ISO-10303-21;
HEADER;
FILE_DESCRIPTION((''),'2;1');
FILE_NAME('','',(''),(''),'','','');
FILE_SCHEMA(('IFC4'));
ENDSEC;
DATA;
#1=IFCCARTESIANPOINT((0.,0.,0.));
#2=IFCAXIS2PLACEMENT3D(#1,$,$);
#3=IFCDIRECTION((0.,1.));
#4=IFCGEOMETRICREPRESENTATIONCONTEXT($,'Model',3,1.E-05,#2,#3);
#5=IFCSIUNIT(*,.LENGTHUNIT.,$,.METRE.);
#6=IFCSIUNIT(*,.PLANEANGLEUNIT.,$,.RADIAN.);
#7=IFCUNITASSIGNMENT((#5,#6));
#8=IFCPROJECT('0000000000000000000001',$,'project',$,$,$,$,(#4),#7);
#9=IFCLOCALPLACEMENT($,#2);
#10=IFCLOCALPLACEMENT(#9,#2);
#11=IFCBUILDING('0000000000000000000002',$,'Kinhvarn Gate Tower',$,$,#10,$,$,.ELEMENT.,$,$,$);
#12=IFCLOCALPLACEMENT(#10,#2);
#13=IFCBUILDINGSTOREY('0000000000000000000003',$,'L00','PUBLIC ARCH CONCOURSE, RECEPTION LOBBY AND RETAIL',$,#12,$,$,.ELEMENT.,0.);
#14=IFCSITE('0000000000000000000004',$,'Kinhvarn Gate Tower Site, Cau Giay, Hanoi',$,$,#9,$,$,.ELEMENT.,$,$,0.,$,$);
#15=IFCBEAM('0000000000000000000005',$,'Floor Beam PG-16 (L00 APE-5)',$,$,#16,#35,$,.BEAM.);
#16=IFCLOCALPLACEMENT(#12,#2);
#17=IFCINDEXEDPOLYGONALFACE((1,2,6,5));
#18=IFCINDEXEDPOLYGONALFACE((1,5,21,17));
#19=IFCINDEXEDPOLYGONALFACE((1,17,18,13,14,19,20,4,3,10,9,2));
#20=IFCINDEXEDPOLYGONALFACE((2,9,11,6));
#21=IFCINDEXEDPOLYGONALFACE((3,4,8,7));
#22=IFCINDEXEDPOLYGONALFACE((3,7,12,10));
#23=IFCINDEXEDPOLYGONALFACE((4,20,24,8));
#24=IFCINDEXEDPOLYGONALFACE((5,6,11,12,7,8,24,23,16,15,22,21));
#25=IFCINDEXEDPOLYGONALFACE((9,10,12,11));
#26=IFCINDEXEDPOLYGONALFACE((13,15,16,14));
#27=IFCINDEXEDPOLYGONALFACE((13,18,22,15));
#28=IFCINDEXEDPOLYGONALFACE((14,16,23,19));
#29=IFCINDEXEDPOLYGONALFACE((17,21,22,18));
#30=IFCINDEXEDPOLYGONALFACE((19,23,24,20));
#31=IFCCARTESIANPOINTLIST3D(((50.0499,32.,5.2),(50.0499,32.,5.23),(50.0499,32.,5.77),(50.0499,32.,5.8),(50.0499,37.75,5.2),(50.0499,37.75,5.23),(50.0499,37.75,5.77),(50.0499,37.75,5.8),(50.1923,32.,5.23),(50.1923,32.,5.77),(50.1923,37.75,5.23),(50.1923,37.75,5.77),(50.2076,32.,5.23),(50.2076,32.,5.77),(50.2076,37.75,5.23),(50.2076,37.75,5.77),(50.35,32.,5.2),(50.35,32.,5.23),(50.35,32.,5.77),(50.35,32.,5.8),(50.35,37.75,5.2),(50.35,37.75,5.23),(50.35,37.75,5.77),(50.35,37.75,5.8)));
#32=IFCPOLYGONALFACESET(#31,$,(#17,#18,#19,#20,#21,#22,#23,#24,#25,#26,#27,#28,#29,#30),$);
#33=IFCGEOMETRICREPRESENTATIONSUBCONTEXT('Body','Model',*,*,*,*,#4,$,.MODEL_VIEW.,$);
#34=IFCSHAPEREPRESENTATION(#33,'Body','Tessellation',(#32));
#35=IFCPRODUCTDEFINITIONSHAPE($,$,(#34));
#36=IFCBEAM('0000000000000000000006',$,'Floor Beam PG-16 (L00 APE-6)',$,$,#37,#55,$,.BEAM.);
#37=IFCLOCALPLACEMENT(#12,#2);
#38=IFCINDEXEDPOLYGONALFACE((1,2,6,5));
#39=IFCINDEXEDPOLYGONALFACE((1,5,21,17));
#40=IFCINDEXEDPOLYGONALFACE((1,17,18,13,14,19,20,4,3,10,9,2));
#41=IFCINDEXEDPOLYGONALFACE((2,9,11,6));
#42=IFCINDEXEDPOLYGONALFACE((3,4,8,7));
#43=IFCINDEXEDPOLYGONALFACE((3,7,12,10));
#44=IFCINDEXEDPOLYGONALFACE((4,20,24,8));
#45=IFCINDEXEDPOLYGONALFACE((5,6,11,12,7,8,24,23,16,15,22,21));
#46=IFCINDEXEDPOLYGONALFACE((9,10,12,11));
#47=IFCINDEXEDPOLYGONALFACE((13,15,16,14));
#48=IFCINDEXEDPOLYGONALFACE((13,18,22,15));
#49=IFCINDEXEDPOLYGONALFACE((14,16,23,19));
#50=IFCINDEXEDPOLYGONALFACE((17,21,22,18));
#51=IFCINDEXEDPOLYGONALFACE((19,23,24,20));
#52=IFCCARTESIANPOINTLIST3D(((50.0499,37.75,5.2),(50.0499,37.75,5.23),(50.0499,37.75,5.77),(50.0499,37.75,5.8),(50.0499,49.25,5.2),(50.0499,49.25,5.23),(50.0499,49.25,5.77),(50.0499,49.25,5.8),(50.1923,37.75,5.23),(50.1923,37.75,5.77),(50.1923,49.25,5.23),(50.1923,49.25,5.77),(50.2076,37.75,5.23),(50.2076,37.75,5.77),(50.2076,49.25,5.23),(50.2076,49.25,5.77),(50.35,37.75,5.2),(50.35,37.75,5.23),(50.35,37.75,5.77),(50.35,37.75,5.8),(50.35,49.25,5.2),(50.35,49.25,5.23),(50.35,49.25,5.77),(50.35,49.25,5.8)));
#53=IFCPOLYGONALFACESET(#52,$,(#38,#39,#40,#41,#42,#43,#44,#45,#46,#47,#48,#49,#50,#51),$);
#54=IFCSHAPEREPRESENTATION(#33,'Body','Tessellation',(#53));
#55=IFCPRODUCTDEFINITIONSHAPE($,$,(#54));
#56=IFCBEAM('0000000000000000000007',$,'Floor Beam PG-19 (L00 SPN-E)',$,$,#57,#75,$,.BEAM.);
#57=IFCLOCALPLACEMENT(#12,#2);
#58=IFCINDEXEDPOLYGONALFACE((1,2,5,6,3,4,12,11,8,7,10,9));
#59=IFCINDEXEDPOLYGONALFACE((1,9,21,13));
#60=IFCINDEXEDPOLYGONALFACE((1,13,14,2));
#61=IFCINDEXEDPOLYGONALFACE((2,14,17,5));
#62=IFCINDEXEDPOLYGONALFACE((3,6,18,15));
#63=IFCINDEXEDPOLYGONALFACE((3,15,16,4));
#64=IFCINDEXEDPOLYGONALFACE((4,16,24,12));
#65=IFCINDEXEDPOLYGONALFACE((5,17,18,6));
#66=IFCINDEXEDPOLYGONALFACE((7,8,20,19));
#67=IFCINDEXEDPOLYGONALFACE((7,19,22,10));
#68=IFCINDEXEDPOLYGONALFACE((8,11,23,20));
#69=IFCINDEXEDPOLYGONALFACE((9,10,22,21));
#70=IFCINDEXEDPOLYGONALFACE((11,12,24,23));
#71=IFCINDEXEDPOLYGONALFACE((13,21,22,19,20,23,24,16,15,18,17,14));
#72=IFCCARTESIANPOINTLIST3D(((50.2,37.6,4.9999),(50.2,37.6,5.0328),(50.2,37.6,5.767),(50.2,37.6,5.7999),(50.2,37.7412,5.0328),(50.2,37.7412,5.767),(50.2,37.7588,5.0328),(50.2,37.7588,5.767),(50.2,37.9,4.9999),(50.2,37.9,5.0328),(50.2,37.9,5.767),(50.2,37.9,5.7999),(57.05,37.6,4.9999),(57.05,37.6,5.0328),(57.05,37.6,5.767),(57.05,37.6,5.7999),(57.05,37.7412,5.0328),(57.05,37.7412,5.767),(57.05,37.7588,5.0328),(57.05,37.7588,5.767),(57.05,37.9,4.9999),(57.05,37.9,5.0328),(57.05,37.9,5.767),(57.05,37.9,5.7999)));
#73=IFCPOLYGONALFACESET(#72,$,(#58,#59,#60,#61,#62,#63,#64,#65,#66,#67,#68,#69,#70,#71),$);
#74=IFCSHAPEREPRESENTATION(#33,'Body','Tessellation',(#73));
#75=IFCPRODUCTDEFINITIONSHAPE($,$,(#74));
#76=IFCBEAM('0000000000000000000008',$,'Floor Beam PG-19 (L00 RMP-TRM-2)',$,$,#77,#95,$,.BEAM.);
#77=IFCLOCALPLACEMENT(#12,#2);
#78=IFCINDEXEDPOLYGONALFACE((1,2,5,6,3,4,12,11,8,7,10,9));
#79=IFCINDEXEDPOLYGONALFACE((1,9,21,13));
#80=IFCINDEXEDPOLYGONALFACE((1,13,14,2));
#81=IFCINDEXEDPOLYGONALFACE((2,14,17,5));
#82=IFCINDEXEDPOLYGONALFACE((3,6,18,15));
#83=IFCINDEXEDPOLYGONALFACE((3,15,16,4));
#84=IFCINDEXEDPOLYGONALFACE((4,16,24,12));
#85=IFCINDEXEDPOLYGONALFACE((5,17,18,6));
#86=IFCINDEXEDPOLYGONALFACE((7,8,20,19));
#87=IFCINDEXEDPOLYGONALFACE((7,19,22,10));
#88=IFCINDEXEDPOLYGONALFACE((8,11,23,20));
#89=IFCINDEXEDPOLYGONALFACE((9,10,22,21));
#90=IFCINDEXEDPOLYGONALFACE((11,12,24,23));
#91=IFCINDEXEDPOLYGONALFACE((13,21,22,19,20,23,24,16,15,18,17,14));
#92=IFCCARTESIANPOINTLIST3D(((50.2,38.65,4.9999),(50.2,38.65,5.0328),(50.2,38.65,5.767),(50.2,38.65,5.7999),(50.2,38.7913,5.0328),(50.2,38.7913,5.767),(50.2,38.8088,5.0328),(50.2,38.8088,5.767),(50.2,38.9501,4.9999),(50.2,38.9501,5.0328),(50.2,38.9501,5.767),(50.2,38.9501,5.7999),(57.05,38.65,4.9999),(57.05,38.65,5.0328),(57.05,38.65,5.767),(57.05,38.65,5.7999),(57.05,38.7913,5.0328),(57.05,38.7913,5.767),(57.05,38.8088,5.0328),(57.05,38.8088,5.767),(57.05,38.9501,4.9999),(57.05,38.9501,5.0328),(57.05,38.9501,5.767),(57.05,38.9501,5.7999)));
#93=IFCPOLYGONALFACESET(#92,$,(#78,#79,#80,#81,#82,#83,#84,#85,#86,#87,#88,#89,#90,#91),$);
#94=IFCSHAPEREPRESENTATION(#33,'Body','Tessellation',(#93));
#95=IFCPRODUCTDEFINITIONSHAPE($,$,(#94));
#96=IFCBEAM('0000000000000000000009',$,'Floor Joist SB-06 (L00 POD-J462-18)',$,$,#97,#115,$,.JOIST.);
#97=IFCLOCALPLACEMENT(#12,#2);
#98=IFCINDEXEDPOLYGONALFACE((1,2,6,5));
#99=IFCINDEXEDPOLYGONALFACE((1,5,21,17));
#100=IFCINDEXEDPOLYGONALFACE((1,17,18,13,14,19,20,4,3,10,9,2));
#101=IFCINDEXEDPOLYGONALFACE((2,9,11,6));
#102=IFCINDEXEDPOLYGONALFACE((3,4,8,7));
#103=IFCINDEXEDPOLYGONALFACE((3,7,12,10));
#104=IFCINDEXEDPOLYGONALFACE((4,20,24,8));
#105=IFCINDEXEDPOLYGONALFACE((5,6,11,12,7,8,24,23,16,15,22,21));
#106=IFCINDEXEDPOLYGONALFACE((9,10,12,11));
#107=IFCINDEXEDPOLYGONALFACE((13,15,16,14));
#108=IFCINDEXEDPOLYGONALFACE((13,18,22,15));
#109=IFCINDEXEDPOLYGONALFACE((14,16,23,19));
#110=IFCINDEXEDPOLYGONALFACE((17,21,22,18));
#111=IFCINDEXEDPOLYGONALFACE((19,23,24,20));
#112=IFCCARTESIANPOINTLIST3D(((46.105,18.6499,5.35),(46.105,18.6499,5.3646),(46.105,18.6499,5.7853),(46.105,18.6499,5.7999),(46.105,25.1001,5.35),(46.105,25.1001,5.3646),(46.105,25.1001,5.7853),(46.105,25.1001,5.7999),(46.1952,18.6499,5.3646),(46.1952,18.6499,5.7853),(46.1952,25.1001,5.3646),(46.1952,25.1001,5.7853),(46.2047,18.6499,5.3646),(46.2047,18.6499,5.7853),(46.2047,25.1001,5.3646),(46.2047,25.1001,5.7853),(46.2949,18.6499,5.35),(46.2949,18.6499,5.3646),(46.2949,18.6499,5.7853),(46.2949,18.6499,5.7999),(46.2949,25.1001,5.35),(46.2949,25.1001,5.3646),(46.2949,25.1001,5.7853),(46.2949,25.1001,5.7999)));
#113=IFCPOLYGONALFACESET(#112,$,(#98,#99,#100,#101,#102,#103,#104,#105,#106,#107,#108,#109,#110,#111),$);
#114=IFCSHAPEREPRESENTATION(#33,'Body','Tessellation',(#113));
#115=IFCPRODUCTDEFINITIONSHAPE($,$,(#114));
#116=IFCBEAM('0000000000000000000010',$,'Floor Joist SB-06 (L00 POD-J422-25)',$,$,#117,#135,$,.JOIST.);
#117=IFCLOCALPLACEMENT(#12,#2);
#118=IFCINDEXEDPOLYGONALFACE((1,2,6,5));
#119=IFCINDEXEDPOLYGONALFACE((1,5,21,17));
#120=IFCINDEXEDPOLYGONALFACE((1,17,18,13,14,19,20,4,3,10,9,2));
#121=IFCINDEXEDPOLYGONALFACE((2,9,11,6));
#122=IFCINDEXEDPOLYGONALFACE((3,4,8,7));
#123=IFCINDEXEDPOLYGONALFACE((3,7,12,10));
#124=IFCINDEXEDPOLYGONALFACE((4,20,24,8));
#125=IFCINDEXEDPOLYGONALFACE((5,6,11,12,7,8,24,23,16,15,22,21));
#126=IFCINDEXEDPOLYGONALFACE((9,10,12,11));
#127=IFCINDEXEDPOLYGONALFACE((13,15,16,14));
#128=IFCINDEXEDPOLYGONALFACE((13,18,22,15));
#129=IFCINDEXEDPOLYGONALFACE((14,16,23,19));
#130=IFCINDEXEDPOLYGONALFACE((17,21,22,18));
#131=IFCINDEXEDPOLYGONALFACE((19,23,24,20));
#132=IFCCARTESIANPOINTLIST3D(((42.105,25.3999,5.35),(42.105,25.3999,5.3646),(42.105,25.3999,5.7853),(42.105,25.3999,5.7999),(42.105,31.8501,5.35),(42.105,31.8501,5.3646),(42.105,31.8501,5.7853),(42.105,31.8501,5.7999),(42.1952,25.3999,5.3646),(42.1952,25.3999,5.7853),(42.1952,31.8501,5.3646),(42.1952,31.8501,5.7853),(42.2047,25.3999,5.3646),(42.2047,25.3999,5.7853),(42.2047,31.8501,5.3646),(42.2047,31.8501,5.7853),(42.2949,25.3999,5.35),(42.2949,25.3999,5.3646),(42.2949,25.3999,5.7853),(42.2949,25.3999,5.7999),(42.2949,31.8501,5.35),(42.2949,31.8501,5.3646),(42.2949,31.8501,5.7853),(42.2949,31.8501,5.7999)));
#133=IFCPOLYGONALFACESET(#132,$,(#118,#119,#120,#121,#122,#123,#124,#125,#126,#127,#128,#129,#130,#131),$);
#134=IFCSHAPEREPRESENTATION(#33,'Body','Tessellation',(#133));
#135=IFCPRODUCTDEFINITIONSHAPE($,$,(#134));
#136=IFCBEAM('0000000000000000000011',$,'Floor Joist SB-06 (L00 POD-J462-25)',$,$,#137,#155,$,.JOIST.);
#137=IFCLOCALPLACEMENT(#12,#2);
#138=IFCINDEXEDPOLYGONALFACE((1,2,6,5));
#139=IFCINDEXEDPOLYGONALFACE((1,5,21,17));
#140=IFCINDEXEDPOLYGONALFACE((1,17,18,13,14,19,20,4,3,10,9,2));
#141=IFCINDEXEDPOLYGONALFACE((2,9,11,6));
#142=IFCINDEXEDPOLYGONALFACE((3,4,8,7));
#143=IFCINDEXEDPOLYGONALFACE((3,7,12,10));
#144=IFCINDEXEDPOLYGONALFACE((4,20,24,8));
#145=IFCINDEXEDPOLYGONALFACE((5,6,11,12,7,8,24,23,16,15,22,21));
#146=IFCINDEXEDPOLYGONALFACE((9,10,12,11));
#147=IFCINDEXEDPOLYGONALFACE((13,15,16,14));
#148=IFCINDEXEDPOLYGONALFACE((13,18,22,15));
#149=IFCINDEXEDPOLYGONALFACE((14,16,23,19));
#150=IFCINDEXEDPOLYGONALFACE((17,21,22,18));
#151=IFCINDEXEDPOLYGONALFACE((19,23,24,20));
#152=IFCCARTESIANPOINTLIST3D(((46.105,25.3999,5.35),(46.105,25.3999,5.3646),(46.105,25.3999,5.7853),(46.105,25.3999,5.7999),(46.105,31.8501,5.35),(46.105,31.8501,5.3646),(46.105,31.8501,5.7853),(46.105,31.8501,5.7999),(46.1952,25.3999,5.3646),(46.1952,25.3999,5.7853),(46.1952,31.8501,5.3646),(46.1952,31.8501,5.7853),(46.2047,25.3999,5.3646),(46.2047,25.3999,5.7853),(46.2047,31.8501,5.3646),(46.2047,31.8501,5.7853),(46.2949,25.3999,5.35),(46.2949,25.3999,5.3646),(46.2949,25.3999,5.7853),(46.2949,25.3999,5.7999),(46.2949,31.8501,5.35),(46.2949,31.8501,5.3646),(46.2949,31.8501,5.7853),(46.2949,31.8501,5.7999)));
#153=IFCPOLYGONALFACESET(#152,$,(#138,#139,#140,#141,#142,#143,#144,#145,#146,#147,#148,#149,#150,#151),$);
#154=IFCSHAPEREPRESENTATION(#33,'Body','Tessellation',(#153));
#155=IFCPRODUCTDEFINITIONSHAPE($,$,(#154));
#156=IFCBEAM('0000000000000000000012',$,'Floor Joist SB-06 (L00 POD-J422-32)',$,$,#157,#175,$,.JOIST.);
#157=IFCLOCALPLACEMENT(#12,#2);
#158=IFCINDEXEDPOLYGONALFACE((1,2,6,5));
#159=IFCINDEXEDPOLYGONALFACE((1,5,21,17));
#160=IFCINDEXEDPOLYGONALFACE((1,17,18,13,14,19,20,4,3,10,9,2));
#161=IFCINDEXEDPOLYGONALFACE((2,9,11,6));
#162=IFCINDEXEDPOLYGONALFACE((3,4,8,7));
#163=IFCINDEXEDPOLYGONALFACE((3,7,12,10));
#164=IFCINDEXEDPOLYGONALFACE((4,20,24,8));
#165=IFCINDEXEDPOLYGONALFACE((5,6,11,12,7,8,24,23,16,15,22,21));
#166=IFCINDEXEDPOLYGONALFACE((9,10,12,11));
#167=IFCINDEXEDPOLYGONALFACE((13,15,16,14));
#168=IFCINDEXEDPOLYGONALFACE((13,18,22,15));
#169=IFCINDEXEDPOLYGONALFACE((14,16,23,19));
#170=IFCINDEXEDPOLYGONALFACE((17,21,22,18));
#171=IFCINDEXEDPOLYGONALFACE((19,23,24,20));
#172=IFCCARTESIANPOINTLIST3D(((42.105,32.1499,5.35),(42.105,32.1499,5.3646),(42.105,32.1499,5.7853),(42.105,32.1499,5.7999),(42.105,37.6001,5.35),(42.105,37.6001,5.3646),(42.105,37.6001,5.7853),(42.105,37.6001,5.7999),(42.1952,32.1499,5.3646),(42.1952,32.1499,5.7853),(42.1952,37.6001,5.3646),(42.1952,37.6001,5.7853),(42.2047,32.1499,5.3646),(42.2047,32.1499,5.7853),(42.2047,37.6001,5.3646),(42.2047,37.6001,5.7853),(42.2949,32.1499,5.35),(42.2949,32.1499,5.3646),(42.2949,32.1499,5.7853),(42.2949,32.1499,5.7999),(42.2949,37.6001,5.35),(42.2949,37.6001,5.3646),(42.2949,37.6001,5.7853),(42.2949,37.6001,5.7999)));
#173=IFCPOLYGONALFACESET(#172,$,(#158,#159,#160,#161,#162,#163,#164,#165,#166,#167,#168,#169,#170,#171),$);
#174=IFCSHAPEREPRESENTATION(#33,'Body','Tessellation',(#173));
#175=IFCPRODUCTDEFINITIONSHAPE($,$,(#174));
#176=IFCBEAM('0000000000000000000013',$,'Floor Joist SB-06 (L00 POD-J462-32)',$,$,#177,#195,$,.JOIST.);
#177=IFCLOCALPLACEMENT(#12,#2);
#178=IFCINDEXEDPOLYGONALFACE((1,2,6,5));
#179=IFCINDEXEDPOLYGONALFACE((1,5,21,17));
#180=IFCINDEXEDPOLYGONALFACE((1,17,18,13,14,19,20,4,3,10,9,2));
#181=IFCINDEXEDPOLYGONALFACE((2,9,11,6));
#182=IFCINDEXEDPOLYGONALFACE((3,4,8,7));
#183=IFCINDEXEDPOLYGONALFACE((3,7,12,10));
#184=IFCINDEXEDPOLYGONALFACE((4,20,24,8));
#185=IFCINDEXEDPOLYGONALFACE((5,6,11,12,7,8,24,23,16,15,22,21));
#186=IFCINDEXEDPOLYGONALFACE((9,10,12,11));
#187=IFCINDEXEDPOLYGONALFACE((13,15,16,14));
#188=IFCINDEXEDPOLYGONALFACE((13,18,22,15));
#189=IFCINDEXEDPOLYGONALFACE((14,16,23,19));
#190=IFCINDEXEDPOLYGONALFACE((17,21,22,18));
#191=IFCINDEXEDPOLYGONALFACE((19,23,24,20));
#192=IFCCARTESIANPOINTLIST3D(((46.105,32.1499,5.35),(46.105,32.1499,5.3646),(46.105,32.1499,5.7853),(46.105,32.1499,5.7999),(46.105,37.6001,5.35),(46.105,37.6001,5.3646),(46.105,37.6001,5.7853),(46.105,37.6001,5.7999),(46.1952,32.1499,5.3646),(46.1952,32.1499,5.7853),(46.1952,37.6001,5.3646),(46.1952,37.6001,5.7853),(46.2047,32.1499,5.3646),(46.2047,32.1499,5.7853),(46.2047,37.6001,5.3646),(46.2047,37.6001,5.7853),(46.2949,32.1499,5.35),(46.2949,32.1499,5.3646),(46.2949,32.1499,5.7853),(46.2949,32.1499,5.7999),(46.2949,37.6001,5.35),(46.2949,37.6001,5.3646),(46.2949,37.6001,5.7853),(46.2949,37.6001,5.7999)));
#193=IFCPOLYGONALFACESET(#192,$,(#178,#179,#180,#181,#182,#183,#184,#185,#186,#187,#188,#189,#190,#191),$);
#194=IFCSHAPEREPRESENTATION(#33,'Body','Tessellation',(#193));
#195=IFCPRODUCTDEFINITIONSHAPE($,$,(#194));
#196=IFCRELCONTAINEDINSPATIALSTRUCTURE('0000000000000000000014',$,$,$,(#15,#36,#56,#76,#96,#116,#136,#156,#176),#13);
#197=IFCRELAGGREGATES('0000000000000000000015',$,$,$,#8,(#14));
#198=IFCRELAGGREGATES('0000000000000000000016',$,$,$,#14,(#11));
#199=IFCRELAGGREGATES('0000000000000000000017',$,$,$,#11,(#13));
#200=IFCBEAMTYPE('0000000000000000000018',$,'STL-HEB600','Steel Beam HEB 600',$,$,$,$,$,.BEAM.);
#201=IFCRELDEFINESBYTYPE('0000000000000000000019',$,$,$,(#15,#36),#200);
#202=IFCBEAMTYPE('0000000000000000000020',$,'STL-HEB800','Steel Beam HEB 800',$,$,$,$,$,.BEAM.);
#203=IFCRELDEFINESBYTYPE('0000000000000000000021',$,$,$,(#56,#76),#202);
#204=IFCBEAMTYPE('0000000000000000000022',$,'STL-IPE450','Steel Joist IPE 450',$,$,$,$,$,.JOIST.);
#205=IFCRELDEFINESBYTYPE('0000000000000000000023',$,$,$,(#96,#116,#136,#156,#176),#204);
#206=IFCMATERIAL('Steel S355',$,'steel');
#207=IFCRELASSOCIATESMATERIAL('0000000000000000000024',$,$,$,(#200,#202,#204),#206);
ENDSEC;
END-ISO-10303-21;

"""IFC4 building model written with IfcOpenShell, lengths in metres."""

from ifc_helpers import new_model, si_unit, direction, frame, origin, origin_2d, place, context, subcontext, project, spatial, i_section, extrude, material, material_profile, profile_set, type_object, element, save


model = new_model("IFC4")

# Units and contexts
model_context = context("Model", 3, precision=1e-05, world=origin(), true_north=direction((0.0, 1.0)))
body_context = subcontext(model_context, "Body", "Model", "MODEL_VIEW")
ifc_project = project(units=[si_unit("LENGTHUNIT", "METRE"), si_unit("PLANEANGLEUNIT", "RADIAN")], contexts=[model_context])

# Site, building, storey
site_placement = place(None, origin())
site = spatial("IfcSite", under=ifc_project, at=site_placement, Name="Kinhvarn Gate Tower Site, Cau Giay, Hanoi", CompositionType="ELEMENT", RefElevation=0.0)
building_placement = place(site_placement, origin())
building = spatial("IfcBuilding", under=site, at=building_placement, Name="Kinhvarn Gate Tower", CompositionType="ELEMENT")
storey_placement = place(building_placement, origin())
storey = spatial("IfcBuildingStorey", under=building, at=storey_placement, Name="L00", Description="PUBLIC ARCH CONCOURSE, RECEPTION LOBBY AND RETAIL", CompositionType="ELEMENT", Elevation=0.0)

# Beams
ifc_material_1 = material(Name="Steel S355", Category="steel")
ifc_material_profile_1 = material_profile(ifc_material_1, i_section(OverallWidth=0.3, OverallDepth=0.6001, WebThickness=0.0154, FlangeThickness=0.03, at=origin_2d()), Name="HEB 600")
ifc_profile_set_1 = profile_set([ifc_material_profile_1], Name="Steel S355")
beam_type_1 = type_object("IfcBeamType", Name="STL-HEB600", Description="Steel Beam HEB 600", PredefinedType="BEAM", material=ifc_profile_set_1)
beam_1_placement = place(storey_placement, frame((50.2, 32.0, 5.5), z_axis=(0.0, 1.0, 0.0), x_axis=(-1.0, 0.0, 0.0)))
element("IfcBeam", 1, at=beam_1_placement, inside=storey, type_object=beam_type_1, Name="Floor Beam PG-16 (L00 APE-5)", PredefinedType="BEAM", context=body_context, shape_type="SweptSolid", body=[
    extrude(i_section(OverallWidth=0.3, OverallDepth=0.6001, WebThickness=0.0154, FlangeThickness=0.03, at=origin_2d()), origin(), (0.0, 0.0, 1.0), 5.75),
])
beam_2_placement = place(storey_placement, frame((50.2, 37.75, 5.5), z_axis=(0.0, 1.0, 0.0), x_axis=(-1.0, 0.0, 0.0)))
element("IfcBeam", 2, at=beam_2_placement, inside=storey, type_object=beam_type_1, Name="Floor Beam PG-16 (L00 APE-6)", PredefinedType="BEAM", context=body_context, shape_type="SweptSolid", body=[
    extrude(i_section(OverallWidth=0.3, OverallDepth=0.6001, WebThickness=0.0154, FlangeThickness=0.03, at=origin_2d()), origin(), (0.0, 0.0, 1.0), 11.5),
])
ifc_material_profile_2 = material_profile(ifc_material_1, i_section(OverallWidth=0.3, OverallDepth=0.8, WebThickness=0.0176, FlangeThickness=0.033, at=origin_2d()), Name="HEB 800")
ifc_profile_set_2 = profile_set([ifc_material_profile_2], Name="Steel S355")
beam_type_2 = type_object("IfcBeamType", Name="STL-HEB800", Description="Steel Beam HEB 800", PredefinedType="BEAM", material=ifc_profile_set_2)
for number, where, z_axis, x_axis, name in (
    (3, (50.2, 37.75, 5.3999), (1.0, 0.0, 0.0), (0.0, 1.0, 0.0), "Floor Beam PG-19 (L00 SPN-E)"),
    (4, (50.2, 38.8, 5.3999), (1.0, 0.0, 0.0), (0.0, 1.0, 0.0), "Floor Beam PG-19 (L00 RMP-TRM-2)"),
):
    element("IfcBeam", number, at=place(storey_placement, frame(where, z_axis=z_axis, x_axis=x_axis)), inside=storey, type_object=beam_type_2, Name=name, PredefinedType="BEAM", context=body_context, shape_type="SweptSolid", body=[
        extrude(i_section(OverallWidth=0.3, OverallDepth=0.8, WebThickness=0.0176, FlangeThickness=0.033, at=origin_2d()), origin(), (0.0, 0.0, 1.0), 6.8501),
    ])
ifc_material_profile_3 = material_profile(ifc_material_1, i_section(OverallWidth=0.1899, OverallDepth=0.45, WebThickness=0.0095, FlangeThickness=0.0146, at=origin_2d()), Name="IPE 450")
ifc_profile_set_3 = profile_set([ifc_material_profile_3], Name="Steel S355")
beam_type_3 = type_object("IfcBeamType", Name="STL-IPE450", Description="Steel Joist IPE 450", PredefinedType="JOIST", material=ifc_profile_set_3)
for number, where, z_axis, x_axis, name in (
    (5, (46.2, 18.6499, 5.575), (0.0, 1.0, 0.0), (-1.0, 0.0, 0.0), "Floor Joist SB-06 (L00 POD-J462-18)"),
    (6, (42.2, 25.3999, 5.575), (0.0, 1.0, 0.0), (-1.0, 0.0, 0.0), "Floor Joist SB-06 (L00 POD-J422-25)"),
    (7, (46.2, 25.3999, 5.575), (0.0, 1.0, 0.0), (-1.0, 0.0, 0.0), "Floor Joist SB-06 (L00 POD-J462-25)"),
):
    element("IfcBeam", number, at=place(storey_placement, frame(where, z_axis=z_axis, x_axis=x_axis)), inside=storey, type_object=beam_type_3, Name=name, PredefinedType="JOIST", context=body_context, shape_type="SweptSolid", body=[
        extrude(i_section(OverallWidth=0.1899, OverallDepth=0.45, WebThickness=0.0095, FlangeThickness=0.0146, at=origin_2d()), origin(), (0.0, 0.0, 1.0), 6.4502),
    ])
for number, where, z_axis, x_axis, name in (
    (8, (42.2, 32.1499, 5.575), (0.0, 1.0, 0.0), (-1.0, 0.0, 0.0), "Floor Joist SB-06 (L00 POD-J422-32)"),
    (9, (46.2, 32.1499, 5.575), (0.0, 1.0, 0.0), (-1.0, 0.0, 0.0), "Floor Joist SB-06 (L00 POD-J462-32)"),
):
    element("IfcBeam", number, at=place(storey_placement, frame(where, z_axis=z_axis, x_axis=x_axis)), inside=storey, type_object=beam_type_3, Name=name, PredefinedType="JOIST", context=body_context, shape_type="SweptSolid", body=[
        extrude(i_section(OverallWidth=0.1899, OverallDepth=0.45, WebThickness=0.0095, FlangeThickness=0.0146, at=origin_2d()), origin(), (0.0, 0.0, 1.0), 5.4502),
    ])

save(model, "model.ifc")
